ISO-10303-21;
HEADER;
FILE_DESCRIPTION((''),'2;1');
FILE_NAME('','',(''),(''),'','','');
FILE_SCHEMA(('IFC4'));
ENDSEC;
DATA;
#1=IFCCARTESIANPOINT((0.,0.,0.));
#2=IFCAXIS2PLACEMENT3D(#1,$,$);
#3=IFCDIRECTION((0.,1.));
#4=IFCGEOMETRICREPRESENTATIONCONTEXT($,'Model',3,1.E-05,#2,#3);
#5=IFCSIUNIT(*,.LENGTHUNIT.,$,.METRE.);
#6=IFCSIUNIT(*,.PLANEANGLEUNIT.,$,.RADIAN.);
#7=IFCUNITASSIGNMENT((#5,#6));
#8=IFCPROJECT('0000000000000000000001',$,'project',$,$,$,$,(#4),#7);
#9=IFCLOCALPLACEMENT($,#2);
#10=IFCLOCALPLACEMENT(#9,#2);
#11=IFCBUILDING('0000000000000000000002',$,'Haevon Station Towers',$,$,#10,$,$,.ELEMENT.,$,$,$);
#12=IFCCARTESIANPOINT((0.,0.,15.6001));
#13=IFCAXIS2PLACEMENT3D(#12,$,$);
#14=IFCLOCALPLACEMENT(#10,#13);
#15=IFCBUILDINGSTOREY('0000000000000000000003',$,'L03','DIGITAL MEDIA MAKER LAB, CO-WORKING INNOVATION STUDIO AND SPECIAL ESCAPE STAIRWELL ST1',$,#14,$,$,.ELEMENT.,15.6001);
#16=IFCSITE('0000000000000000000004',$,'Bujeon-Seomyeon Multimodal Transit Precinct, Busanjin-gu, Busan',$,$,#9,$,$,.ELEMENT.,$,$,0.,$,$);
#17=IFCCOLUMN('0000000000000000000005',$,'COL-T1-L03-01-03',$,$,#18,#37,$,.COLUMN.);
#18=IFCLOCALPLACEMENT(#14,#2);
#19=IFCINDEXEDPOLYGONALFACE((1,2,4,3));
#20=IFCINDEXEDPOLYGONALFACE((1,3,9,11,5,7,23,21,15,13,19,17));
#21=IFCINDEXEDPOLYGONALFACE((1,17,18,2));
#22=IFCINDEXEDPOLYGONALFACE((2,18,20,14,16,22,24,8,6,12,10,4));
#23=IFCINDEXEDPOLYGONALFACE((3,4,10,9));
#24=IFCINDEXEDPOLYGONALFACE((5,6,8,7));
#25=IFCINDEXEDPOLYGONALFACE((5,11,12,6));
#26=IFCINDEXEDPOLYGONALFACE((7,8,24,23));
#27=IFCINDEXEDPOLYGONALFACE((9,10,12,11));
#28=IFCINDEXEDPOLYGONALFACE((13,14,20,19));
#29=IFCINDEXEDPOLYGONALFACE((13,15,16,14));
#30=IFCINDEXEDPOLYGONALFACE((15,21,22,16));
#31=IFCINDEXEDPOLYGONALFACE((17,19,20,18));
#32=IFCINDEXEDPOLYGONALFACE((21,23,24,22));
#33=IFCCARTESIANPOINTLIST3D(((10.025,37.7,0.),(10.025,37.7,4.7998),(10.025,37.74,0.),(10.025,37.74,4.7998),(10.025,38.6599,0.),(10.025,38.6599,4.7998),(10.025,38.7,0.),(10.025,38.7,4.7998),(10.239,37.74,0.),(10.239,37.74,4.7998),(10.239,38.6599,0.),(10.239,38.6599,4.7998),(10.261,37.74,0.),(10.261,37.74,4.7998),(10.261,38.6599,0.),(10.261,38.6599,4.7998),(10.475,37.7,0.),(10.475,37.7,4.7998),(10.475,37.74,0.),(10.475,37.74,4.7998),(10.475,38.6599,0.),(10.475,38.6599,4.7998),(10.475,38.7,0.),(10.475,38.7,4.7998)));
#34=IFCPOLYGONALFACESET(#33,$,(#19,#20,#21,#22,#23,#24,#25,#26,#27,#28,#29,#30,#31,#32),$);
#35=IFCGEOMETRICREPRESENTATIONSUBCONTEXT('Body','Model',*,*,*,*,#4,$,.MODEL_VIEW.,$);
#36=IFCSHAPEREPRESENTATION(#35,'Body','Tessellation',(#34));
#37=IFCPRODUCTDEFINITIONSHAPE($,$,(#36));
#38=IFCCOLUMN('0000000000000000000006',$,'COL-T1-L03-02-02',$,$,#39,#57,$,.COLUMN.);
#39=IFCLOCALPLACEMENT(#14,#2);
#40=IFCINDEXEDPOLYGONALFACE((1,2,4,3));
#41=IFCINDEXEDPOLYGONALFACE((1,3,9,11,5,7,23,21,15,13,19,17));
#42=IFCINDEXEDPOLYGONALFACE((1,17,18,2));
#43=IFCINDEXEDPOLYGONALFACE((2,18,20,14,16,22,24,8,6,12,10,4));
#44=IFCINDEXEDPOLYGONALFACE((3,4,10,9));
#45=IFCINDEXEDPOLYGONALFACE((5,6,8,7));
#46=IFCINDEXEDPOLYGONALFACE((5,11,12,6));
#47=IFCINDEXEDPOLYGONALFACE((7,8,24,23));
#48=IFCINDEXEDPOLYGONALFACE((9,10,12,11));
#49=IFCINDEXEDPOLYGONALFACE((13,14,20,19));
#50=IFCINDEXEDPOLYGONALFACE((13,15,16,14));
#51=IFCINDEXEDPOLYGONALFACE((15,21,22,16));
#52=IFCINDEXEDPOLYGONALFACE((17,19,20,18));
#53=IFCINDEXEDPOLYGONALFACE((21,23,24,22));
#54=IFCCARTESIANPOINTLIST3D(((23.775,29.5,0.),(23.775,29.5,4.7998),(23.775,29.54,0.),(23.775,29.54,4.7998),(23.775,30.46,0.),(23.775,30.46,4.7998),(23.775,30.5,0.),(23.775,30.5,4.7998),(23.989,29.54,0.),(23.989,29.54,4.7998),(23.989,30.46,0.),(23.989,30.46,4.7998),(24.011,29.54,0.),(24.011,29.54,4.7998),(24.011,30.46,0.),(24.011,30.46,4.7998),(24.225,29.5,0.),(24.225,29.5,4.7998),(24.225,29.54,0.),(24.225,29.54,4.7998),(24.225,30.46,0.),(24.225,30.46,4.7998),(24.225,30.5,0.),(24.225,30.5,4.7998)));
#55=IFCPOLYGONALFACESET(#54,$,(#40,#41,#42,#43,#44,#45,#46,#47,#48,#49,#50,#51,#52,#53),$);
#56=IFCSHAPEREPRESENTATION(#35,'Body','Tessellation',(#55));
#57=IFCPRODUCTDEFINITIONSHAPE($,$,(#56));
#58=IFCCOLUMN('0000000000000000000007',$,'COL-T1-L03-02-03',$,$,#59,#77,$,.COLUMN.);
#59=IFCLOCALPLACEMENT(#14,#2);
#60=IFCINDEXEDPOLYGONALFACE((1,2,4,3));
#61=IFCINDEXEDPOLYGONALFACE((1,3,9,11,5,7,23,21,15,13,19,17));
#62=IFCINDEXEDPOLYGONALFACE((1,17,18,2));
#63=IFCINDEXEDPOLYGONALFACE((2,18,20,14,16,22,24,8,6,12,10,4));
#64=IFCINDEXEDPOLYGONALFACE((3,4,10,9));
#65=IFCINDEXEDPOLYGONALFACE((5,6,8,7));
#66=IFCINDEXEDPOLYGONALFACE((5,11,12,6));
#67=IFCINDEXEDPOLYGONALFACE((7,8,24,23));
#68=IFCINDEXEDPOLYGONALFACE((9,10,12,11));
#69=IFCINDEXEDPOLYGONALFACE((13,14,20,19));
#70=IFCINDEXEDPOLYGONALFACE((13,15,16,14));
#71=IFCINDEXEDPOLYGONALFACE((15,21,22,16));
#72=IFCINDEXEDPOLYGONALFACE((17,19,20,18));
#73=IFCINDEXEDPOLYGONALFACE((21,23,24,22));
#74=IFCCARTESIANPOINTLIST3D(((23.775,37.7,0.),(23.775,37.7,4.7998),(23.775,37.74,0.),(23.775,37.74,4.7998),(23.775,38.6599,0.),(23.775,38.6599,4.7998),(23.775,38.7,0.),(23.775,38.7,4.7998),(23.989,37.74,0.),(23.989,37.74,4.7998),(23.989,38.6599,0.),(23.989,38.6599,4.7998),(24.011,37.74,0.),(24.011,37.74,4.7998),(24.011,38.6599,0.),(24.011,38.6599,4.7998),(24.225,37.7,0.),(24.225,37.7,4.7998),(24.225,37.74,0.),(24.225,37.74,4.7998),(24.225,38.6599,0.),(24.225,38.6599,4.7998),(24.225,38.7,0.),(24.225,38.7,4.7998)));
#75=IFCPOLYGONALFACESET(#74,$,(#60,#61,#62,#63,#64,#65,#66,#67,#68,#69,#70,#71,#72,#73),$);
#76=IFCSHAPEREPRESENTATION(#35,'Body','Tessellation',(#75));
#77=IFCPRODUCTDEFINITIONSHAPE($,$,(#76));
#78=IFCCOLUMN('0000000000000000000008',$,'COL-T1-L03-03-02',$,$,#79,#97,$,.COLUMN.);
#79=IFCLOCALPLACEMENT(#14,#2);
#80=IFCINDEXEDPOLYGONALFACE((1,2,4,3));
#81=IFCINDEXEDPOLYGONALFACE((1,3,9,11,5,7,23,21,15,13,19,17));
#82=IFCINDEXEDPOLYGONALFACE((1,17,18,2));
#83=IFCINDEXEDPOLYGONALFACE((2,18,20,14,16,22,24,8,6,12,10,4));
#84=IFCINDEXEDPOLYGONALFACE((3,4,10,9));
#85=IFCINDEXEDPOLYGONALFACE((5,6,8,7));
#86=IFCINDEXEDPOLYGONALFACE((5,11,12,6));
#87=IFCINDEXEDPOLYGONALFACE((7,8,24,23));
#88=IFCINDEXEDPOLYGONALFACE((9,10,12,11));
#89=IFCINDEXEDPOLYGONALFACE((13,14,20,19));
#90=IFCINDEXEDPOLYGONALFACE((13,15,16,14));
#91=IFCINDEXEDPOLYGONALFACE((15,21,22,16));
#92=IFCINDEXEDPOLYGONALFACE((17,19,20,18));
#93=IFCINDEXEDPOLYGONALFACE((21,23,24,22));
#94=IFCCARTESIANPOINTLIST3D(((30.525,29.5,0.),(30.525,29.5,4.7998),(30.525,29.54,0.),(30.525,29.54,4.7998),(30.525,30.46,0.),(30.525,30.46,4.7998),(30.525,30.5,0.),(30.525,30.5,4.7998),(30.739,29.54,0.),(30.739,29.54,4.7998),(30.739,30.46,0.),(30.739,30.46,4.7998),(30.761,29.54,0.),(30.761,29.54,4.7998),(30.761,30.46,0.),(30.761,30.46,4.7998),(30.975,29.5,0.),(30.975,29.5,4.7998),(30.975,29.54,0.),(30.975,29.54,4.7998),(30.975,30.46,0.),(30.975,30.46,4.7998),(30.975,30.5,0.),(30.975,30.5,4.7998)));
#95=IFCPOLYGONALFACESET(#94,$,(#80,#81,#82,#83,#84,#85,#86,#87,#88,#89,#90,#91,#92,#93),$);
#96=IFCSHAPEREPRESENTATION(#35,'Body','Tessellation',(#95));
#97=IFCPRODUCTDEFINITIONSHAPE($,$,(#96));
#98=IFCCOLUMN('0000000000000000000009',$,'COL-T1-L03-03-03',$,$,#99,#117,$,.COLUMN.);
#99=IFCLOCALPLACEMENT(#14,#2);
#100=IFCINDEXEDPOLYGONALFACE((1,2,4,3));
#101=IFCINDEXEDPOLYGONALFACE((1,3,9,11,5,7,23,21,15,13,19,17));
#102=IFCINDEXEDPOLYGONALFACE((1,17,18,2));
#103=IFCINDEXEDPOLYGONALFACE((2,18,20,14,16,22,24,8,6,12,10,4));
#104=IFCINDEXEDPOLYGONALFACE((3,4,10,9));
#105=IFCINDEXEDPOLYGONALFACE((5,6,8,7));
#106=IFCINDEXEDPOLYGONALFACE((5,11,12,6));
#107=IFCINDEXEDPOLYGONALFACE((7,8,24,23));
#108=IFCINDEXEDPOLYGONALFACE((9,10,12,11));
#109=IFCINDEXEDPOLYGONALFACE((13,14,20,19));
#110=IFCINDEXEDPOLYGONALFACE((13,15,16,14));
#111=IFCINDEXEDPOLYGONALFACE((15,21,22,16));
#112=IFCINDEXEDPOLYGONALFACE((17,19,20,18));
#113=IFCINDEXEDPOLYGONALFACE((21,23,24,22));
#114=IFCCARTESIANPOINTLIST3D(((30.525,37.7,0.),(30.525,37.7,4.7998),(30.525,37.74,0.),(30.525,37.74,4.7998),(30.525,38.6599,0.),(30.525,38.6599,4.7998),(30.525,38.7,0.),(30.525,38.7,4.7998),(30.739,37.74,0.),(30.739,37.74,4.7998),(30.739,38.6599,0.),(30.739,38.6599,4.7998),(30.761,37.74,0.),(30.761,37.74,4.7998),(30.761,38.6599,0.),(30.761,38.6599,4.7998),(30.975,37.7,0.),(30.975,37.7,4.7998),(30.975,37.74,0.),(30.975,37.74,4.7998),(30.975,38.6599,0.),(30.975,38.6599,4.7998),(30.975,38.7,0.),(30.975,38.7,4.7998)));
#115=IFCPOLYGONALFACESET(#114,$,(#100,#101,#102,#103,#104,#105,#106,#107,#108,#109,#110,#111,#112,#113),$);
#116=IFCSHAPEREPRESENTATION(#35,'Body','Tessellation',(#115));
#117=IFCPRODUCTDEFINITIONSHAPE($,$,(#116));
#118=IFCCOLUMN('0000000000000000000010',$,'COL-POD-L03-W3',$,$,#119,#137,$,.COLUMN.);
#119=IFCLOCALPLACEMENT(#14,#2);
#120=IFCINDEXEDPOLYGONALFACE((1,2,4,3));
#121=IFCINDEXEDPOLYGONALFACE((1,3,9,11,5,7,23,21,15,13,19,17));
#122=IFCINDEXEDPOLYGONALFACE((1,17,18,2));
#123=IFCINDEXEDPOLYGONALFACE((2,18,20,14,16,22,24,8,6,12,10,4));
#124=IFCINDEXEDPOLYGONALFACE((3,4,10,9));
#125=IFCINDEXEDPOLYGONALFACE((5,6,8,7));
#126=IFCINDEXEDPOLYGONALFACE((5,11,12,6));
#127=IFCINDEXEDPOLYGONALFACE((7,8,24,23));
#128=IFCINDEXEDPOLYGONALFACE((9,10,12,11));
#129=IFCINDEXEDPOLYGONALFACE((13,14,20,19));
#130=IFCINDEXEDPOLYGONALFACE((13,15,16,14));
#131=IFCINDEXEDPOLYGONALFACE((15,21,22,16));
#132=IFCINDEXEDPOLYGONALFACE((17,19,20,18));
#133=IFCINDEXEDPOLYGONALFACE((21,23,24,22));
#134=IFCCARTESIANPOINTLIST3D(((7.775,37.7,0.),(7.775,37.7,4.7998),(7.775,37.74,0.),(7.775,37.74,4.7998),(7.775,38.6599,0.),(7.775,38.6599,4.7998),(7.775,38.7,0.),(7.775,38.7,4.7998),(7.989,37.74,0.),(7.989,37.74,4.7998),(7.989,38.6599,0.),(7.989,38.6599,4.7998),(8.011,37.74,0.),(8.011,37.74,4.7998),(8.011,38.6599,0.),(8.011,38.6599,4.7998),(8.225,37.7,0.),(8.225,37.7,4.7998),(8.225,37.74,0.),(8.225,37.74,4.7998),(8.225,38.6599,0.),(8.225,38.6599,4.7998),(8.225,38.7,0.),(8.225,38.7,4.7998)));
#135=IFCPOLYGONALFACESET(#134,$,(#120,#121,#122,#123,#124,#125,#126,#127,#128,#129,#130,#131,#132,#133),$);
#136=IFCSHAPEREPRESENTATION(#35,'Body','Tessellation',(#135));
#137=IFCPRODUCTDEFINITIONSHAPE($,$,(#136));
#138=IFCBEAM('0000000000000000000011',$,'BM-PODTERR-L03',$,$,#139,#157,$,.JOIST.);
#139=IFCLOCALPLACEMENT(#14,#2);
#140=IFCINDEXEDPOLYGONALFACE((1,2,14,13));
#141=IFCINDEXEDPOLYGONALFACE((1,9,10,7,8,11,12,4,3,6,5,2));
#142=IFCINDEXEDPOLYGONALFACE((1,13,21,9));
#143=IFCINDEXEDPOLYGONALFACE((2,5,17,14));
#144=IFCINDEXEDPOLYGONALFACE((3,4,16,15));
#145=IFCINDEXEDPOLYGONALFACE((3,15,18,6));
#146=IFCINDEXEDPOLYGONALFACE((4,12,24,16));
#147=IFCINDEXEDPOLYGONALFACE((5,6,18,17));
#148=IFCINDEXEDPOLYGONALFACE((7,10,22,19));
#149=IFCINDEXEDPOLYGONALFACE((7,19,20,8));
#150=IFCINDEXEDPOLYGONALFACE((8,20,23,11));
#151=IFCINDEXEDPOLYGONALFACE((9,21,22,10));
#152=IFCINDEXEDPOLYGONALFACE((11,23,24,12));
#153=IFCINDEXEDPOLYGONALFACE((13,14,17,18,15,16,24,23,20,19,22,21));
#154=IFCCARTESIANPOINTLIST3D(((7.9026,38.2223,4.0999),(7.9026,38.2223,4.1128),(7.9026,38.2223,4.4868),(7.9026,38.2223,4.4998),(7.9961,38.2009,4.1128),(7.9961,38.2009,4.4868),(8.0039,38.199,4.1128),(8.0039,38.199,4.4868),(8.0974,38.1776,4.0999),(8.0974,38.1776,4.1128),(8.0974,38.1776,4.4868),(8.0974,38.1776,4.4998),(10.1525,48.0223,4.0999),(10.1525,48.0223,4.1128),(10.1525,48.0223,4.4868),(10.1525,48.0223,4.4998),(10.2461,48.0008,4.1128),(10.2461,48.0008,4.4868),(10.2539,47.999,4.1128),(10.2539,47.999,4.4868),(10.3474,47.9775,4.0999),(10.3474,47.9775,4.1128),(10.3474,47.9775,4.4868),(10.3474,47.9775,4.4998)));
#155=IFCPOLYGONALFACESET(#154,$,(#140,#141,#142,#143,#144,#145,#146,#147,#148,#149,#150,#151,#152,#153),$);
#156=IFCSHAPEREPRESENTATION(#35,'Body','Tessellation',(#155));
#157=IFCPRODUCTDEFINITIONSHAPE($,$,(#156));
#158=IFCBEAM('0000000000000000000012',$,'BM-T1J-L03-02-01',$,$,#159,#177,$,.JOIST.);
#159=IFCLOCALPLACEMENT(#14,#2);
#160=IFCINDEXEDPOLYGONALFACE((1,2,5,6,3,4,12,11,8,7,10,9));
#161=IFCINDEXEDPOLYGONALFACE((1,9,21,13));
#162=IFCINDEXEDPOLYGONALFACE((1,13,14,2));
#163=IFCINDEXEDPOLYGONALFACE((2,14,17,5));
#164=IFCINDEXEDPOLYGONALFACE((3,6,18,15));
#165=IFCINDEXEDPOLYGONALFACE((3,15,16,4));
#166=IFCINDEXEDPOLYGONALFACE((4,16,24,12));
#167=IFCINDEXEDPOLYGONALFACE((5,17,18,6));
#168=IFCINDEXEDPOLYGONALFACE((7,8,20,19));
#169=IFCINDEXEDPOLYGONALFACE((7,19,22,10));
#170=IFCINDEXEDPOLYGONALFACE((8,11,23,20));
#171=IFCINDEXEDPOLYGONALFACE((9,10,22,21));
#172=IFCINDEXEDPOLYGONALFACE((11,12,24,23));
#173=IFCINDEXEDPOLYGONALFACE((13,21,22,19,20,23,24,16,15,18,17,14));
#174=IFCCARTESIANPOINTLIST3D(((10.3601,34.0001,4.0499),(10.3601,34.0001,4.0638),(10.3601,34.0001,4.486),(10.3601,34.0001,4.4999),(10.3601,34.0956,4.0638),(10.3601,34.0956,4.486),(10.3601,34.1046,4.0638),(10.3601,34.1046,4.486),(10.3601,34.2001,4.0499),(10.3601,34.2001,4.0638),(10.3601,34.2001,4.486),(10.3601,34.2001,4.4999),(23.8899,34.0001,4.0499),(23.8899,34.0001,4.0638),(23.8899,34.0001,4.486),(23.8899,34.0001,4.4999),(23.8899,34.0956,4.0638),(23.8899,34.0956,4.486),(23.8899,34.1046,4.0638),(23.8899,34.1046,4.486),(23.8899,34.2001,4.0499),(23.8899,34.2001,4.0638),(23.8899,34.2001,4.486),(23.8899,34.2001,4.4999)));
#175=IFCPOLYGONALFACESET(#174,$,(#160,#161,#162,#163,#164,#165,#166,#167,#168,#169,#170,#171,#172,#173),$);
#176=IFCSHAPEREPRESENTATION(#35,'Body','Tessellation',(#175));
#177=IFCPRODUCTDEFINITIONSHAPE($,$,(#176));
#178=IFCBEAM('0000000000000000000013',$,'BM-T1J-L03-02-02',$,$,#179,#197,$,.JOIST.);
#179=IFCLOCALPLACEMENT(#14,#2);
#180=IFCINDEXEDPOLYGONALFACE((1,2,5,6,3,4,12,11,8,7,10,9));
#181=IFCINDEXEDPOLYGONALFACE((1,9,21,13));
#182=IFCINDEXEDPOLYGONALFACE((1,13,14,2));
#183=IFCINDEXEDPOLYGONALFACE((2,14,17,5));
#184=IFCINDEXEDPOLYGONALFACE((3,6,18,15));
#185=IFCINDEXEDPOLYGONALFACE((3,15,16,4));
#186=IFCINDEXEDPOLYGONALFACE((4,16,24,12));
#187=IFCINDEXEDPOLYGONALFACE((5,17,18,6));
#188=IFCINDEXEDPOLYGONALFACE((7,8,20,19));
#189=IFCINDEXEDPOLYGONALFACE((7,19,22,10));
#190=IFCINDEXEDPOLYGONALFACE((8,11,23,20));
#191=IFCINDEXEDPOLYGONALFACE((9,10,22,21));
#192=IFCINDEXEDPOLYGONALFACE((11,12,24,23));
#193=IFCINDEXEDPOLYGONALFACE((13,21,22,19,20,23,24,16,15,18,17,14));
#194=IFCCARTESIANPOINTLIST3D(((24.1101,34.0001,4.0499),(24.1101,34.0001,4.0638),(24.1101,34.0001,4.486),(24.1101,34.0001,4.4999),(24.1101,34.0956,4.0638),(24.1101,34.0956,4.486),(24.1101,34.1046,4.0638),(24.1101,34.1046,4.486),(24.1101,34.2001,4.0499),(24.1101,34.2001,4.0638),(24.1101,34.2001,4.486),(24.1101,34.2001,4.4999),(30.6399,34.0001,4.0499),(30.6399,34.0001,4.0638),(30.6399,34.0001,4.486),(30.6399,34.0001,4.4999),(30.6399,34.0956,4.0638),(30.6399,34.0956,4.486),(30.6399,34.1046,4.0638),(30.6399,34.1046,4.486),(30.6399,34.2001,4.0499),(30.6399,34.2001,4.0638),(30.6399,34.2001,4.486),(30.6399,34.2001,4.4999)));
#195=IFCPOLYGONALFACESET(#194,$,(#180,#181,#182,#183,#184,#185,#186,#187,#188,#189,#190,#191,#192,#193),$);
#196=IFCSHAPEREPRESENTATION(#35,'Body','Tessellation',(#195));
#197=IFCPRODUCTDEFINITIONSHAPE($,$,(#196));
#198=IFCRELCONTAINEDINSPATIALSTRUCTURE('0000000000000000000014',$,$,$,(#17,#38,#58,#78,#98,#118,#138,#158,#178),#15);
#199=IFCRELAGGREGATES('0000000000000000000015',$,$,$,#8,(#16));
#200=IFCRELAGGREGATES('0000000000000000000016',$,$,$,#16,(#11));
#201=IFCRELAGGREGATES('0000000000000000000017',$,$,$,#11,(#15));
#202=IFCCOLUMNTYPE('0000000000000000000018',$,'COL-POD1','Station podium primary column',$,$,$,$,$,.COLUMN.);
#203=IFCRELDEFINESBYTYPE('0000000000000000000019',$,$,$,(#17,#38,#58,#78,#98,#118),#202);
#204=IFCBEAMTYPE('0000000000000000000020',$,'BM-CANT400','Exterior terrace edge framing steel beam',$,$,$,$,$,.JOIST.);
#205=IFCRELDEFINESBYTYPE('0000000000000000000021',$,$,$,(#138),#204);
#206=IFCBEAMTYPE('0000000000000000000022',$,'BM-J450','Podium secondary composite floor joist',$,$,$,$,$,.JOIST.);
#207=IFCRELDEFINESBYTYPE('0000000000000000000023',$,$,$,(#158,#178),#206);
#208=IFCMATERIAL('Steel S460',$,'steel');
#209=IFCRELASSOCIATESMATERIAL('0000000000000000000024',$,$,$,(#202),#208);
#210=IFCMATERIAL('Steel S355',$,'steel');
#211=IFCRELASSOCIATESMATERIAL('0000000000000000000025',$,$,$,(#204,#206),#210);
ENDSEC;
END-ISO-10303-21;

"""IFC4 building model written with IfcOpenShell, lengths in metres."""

from ifc_helpers import new_model, si_unit, direction, frame, origin, origin_2d, place, context, subcontext, project, spatial, i_section, extrude, material, material_profile, profile_set, type_object, element, save


model = new_model("IFC4")

# Units and contexts
model_context = context("Model", 3, precision=1e-05, world=origin(), true_north=direction((0.0, 1.0)))
body_context = subcontext(model_context, "Body", "Model", "MODEL_VIEW")
ifc_project = project(units=[si_unit("LENGTHUNIT", "METRE"), si_unit("PLANEANGLEUNIT", "RADIAN")], contexts=[model_context])

# Site, building, storey
site_placement = place(None, origin())
site = spatial("IfcSite", under=ifc_project, at=site_placement, Name="Bujeon-Seomyeon Multimodal Transit Precinct, Busanjin-gu, Busan", CompositionType="ELEMENT", RefElevation=0.0)
building_placement = place(site_placement, origin())
building = spatial("IfcBuilding", under=site, at=building_placement, Name="Haevon Station Towers", CompositionType="ELEMENT")
storey_placement = place(building_placement, frame((0.0, 0.0, 15.6001)))
storey = spatial("IfcBuildingStorey", under=building, at=storey_placement, Name="L03", Description="DIGITAL MEDIA MAKER LAB, CO-WORKING INNOVATION STUDIO AND SPECIAL ESCAPE STAIRWELL ST1", CompositionType="ELEMENT", Elevation=15.6001)

# Columns
ifc_material_1 = material(Name="Steel S460", Category="steel")
ifc_material_profile_1 = material_profile(ifc_material_1, i_section(OverallWidth=0.45, OverallDepth=1.0, WebThickness=0.022, FlangeThickness=0.04, at=origin_2d()), Name="H-1000x450x22x40")
ifc_profile_set_1 = profile_set([ifc_material_profile_1], Name="Steel S460")
column_type = type_object("IfcColumnType", Name="COL-POD1", Description="Station podium primary column", PredefinedType="COLUMN", material=ifc_profile_set_1)
for number, where, z_axis, x_axis, name in (
    (1, (10.25, 38.2, 0.0), (0.0, 0.0, 1.0), (1.0, 0.0, 0.0), "COL-T1-L03-01-03"),
    (2, (24.0, 30.0, 0.0), (0.0, 0.0, 1.0), (1.0, 0.0, 0.0), "COL-T1-L03-02-02"),
    (3, (24.0, 38.2, 0.0), (0.0, 0.0, 1.0), (1.0, 0.0, 0.0), "COL-T1-L03-02-03"),
    (4, (30.75, 30.0, 0.0), (0.0, 0.0, 1.0), (1.0, 0.0, 0.0), "COL-T1-L03-03-02"),
    (5, (30.75, 38.2, 0.0), (0.0, 0.0, 1.0), (1.0, 0.0, 0.0), "COL-T1-L03-03-03"),
    (6, (8.0, 38.2, 0.0), (0.0, 0.0, 1.0), (1.0, 0.0, 0.0), "COL-POD-L03-W3"),
):
    element("IfcColumn", number, at=place(storey_placement, frame(where, z_axis=z_axis, x_axis=x_axis)), inside=storey, type_object=column_type, Name=name, PredefinedType="COLUMN", context=body_context, shape_type="SweptSolid", body=[
        extrude(i_section(OverallWidth=0.45, OverallDepth=1.0, WebThickness=0.022, FlangeThickness=0.04, at=origin_2d()), origin(), (0.0, 0.0, 1.0), 4.7998),
    ])

# Beams
ifc_material_2 = material(Name="Steel S355", Category="steel")
ifc_material_profile_2 = material_profile(ifc_material_2, i_section(OverallWidth=0.2, OverallDepth=0.3999, WebThickness=0.0081, FlangeThickness=0.0129, at=origin_2d()), Name="H-400x200x8x13")
ifc_profile_set_2 = profile_set([ifc_material_profile_2], Name="Steel S355")
beam_type_1 = type_object("IfcBeamType", Name="BM-CANT400", Description="Exterior terrace edge framing steel beam", PredefinedType="JOIST", material=ifc_profile_set_2)
beam_1_placement = place(storey_placement, frame((8.0, 38.2, 4.2998), z_axis=(0.223769, 0.974642, 0.0), x_axis=(-0.974642, 0.223769, 0.0)))
element("IfcBeam", 7, at=beam_1_placement, inside=storey, type_object=beam_type_1, Name="BM-PODTERR-L03", PredefinedType="JOIST", context=body_context, shape_type="SweptSolid", body=[
    extrude(i_section(OverallWidth=0.2, OverallDepth=0.3999, WebThickness=0.0081, FlangeThickness=0.0129, at=origin_2d()), origin(), (0.0, 0.0, 1.0), 10.0549),
])
ifc_material_profile_3 = material_profile(ifc_material_2, i_section(OverallWidth=0.2, OverallDepth=0.45, WebThickness=0.009, FlangeThickness=0.0139, at=origin_2d()), Name="H-450x200x9x14")
ifc_profile_set_3 = profile_set([ifc_material_profile_3], Name="Steel S355")
beam_type_2 = type_object("IfcBeamType", Name="BM-J450", Description="Podium secondary composite floor joist", PredefinedType="JOIST", material=ifc_profile_set_3)
beam_2_placement = place(storey_placement, frame((10.3601, 34.1001, 4.2749), z_axis=(1.0, 0.0, 0.0), x_axis=(0.0, 1.0, 0.0)))
element("IfcBeam", 8, at=beam_2_placement, inside=storey, type_object=beam_type_2, Name="BM-T1J-L03-02-01", PredefinedType="JOIST", context=body_context, shape_type="SweptSolid", body=[
    extrude(i_section(OverallWidth=0.2, OverallDepth=0.45, WebThickness=0.009, FlangeThickness=0.0139, at=origin_2d()), origin(), (0.0, 0.0, 1.0), 13.5298),
])
beam_3_placement = place(storey_placement, frame((24.1101, 34.1001, 4.2749), z_axis=(1.0, 0.0, 0.0), x_axis=(0.0, 1.0, 0.0)))
element("IfcBeam", 9, at=beam_3_placement, inside=storey, type_object=beam_type_2, Name="BM-T1J-L03-02-02", PredefinedType="JOIST", context=body_context, shape_type="SweptSolid", body=[
    extrude(i_section(OverallWidth=0.2, OverallDepth=0.45, WebThickness=0.009, FlangeThickness=0.0139, at=origin_2d()), origin(), (0.0, 0.0, 1.0), 6.5298),
])

save(model, "model.ifc")
